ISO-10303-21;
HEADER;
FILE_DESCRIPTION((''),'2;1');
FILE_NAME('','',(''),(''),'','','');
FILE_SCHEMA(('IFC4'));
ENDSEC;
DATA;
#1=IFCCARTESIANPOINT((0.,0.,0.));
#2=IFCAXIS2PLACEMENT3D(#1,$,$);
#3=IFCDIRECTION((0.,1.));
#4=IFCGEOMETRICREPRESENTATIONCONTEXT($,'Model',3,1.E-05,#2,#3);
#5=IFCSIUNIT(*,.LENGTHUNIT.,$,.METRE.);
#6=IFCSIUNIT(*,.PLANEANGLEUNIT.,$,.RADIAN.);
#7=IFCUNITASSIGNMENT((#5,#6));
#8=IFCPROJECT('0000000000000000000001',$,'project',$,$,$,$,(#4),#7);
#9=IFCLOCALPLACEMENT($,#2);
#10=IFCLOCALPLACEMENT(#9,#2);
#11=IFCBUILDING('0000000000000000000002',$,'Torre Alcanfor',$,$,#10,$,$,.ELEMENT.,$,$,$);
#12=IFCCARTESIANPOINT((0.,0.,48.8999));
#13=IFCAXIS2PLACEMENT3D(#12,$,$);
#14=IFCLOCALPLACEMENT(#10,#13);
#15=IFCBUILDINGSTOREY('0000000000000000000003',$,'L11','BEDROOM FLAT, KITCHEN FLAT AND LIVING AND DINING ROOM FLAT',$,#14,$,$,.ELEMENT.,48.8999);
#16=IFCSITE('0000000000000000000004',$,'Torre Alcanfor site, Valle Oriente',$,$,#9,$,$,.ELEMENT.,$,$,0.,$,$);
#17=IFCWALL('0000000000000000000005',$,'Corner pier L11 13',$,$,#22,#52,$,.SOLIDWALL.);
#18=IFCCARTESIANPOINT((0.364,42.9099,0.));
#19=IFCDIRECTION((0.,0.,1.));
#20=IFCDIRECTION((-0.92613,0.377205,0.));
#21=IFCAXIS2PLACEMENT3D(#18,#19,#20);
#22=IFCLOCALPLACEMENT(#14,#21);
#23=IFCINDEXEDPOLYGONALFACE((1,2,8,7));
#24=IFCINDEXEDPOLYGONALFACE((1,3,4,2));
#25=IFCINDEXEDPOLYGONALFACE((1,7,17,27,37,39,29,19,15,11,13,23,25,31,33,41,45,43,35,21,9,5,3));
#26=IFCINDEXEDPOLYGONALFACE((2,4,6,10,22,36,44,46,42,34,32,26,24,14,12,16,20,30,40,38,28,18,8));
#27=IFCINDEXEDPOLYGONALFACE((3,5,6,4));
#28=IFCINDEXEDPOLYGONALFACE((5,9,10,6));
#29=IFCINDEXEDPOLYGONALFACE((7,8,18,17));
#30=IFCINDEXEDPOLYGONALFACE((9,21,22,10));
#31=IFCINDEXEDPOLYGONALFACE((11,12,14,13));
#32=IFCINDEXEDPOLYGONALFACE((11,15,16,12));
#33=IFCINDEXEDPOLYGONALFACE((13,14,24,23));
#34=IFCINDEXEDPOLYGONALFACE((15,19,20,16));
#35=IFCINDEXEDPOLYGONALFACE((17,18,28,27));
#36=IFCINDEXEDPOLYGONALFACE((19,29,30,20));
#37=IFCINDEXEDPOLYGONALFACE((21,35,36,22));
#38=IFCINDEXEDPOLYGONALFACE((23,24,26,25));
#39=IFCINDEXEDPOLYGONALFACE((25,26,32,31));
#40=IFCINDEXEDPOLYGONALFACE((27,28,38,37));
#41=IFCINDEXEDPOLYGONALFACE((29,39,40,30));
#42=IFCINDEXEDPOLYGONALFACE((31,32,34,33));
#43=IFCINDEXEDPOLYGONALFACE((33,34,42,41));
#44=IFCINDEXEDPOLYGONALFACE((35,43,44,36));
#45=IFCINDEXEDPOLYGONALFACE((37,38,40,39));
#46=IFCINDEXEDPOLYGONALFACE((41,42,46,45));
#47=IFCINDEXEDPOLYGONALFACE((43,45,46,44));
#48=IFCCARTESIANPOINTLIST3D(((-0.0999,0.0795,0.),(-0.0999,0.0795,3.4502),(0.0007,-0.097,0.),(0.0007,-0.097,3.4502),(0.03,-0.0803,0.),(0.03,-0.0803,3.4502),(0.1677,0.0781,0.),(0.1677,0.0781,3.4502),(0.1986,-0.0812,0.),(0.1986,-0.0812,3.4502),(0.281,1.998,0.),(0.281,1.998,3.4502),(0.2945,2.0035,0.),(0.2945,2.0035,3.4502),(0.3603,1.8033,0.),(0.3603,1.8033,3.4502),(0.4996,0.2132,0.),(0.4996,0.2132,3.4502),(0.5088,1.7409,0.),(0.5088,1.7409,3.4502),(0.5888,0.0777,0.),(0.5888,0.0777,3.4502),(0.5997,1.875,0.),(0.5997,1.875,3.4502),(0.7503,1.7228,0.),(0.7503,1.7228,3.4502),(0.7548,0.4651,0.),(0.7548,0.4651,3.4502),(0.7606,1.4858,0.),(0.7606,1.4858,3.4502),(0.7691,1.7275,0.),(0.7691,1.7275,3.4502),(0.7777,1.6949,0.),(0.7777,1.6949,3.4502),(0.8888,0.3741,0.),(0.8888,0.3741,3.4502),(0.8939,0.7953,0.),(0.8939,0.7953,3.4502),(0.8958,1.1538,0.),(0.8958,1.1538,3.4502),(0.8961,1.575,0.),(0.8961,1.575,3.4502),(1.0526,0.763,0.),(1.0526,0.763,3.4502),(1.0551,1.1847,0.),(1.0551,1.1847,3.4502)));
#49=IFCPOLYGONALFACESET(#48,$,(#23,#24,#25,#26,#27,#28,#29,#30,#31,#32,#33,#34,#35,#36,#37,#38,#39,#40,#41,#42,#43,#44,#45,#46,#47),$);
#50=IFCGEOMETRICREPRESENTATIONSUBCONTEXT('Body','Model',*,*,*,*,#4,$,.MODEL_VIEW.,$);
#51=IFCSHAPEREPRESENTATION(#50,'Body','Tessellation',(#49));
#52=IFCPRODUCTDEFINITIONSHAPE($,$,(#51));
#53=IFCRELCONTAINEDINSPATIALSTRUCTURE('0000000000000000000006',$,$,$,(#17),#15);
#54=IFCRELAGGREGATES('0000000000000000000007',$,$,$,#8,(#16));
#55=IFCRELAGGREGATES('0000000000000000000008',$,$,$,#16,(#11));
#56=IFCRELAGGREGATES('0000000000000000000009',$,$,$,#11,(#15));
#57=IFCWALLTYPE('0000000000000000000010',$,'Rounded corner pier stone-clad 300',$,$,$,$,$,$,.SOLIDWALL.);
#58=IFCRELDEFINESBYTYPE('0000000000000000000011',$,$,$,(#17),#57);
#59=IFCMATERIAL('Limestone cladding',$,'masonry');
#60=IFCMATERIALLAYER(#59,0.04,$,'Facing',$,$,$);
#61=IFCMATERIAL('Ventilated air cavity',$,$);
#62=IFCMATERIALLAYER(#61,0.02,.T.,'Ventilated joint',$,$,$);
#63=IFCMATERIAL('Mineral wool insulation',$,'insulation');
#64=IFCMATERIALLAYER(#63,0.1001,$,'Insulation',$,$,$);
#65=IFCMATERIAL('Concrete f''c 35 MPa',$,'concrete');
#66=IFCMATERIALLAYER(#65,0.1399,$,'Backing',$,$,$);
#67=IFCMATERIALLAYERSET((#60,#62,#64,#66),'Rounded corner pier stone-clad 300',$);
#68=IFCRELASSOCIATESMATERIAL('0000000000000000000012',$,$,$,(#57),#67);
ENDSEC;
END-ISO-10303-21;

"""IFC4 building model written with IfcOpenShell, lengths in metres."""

from ifc_helpers import new_model, si_unit, direction, frame, origin, place, context, subcontext, project, spatial, polyline, outline, extrude, material, layer, layer_set, type_object, element, save


model = new_model("IFC4")

# Units and contexts
model_context = context("Model", 3, precision=1e-05, world=origin(), true_north=direction((0.0, 1.0)))
body_context = subcontext(model_context, "Body", "Model", "MODEL_VIEW")
ifc_project = project(units=[si_unit("LENGTHUNIT", "METRE"), si_unit("PLANEANGLEUNIT", "RADIAN")], contexts=[model_context])

# Site, building, storey
site_placement = place(None, origin())
site = spatial("IfcSite", under=ifc_project, at=site_placement, Name="Torre Alcanfor site, Valle Oriente", CompositionType="ELEMENT", RefElevation=0.0)
building_placement = place(site_placement, origin())
building = spatial("IfcBuilding", under=site, at=building_placement, Name="Torre Alcanfor", CompositionType="ELEMENT")
storey_placement = place(building_placement, frame((0.0, 0.0, 48.8999)))
storey = spatial("IfcBuildingStorey", under=building, at=storey_placement, Name="L11", Description="BEDROOM FLAT, KITCHEN FLAT AND LIVING AND DINING ROOM FLAT", CompositionType="ELEMENT", Elevation=48.8999)

# Shared definitions
ifc_material_1 = material(Name="Limestone cladding", Category="masonry")
ifc_material_2 = material(Name="Ventilated air cavity")
ifc_material_3 = material(Name="Mineral wool insulation", Category="insulation")
ifc_material_4 = material(Name="Concrete f'c 35 MPa", Category="concrete")

# Wall
ifc_layer_1 = layer(ifc_material_1, 0.04, Name="Facing")
ifc_layer_2 = layer(ifc_material_2, 0.02, ventilated=True, Name="Ventilated joint")
ifc_layer_3 = layer(ifc_material_3, 0.1001, Name="Insulation")
ifc_layer_4 = layer(ifc_material_4, 0.1399, Name="Backing")
ifc_layer_set_1 = layer_set([ifc_layer_1, ifc_layer_2, ifc_layer_3, ifc_layer_4], Name="Rounded corner pier stone-clad 300")
wall_type_1 = type_object("IfcWallType", Name="Rounded corner pier stone-clad 300", PredefinedType="SOLIDWALL", material=ifc_layer_set_1)
wall_1_placement = place(storey_placement, frame((0.364, 42.9099, 0.0), z_axis=(0.0, 0.0, 1.0), x_axis=(-0.92613, 0.377205, 0.0)))
element("IfcWall", 1, at=wall_1_placement, inside=storey, type_object=wall_type_1, Name="Corner pier L11 13", PredefinedType="SOLIDWALL", context=body_context, shape_type="SweptSolid", body=[
    extrude(outline(polyline([(0.3603, 1.8033), (0.5088, 1.7409), (0.7606, 1.4858), (0.8958, 1.1538), (0.8939, 0.7953), (0.7548, 0.4651), (0.4996, 0.2132), (0.1677, 0.0781), (-0.0999, 0.0795), (0.0007, -0.097), (0.03, -0.0803), (0.1986, -0.0812), (0.5888, 0.0777), (0.8888, 0.3741), (1.0526, 0.763), (1.0551, 1.1847), (0.8961, 1.575), (0.7777, 1.6949), (0.7691, 1.7275), (0.7503, 1.7228), (0.5997, 1.875), (0.2945, 2.0035), (0.281, 1.998), (0.3603, 1.8033)])), origin(), (0.0, 0.0, 1.0), 3.4502),
])

save(model, "model.ifc")
